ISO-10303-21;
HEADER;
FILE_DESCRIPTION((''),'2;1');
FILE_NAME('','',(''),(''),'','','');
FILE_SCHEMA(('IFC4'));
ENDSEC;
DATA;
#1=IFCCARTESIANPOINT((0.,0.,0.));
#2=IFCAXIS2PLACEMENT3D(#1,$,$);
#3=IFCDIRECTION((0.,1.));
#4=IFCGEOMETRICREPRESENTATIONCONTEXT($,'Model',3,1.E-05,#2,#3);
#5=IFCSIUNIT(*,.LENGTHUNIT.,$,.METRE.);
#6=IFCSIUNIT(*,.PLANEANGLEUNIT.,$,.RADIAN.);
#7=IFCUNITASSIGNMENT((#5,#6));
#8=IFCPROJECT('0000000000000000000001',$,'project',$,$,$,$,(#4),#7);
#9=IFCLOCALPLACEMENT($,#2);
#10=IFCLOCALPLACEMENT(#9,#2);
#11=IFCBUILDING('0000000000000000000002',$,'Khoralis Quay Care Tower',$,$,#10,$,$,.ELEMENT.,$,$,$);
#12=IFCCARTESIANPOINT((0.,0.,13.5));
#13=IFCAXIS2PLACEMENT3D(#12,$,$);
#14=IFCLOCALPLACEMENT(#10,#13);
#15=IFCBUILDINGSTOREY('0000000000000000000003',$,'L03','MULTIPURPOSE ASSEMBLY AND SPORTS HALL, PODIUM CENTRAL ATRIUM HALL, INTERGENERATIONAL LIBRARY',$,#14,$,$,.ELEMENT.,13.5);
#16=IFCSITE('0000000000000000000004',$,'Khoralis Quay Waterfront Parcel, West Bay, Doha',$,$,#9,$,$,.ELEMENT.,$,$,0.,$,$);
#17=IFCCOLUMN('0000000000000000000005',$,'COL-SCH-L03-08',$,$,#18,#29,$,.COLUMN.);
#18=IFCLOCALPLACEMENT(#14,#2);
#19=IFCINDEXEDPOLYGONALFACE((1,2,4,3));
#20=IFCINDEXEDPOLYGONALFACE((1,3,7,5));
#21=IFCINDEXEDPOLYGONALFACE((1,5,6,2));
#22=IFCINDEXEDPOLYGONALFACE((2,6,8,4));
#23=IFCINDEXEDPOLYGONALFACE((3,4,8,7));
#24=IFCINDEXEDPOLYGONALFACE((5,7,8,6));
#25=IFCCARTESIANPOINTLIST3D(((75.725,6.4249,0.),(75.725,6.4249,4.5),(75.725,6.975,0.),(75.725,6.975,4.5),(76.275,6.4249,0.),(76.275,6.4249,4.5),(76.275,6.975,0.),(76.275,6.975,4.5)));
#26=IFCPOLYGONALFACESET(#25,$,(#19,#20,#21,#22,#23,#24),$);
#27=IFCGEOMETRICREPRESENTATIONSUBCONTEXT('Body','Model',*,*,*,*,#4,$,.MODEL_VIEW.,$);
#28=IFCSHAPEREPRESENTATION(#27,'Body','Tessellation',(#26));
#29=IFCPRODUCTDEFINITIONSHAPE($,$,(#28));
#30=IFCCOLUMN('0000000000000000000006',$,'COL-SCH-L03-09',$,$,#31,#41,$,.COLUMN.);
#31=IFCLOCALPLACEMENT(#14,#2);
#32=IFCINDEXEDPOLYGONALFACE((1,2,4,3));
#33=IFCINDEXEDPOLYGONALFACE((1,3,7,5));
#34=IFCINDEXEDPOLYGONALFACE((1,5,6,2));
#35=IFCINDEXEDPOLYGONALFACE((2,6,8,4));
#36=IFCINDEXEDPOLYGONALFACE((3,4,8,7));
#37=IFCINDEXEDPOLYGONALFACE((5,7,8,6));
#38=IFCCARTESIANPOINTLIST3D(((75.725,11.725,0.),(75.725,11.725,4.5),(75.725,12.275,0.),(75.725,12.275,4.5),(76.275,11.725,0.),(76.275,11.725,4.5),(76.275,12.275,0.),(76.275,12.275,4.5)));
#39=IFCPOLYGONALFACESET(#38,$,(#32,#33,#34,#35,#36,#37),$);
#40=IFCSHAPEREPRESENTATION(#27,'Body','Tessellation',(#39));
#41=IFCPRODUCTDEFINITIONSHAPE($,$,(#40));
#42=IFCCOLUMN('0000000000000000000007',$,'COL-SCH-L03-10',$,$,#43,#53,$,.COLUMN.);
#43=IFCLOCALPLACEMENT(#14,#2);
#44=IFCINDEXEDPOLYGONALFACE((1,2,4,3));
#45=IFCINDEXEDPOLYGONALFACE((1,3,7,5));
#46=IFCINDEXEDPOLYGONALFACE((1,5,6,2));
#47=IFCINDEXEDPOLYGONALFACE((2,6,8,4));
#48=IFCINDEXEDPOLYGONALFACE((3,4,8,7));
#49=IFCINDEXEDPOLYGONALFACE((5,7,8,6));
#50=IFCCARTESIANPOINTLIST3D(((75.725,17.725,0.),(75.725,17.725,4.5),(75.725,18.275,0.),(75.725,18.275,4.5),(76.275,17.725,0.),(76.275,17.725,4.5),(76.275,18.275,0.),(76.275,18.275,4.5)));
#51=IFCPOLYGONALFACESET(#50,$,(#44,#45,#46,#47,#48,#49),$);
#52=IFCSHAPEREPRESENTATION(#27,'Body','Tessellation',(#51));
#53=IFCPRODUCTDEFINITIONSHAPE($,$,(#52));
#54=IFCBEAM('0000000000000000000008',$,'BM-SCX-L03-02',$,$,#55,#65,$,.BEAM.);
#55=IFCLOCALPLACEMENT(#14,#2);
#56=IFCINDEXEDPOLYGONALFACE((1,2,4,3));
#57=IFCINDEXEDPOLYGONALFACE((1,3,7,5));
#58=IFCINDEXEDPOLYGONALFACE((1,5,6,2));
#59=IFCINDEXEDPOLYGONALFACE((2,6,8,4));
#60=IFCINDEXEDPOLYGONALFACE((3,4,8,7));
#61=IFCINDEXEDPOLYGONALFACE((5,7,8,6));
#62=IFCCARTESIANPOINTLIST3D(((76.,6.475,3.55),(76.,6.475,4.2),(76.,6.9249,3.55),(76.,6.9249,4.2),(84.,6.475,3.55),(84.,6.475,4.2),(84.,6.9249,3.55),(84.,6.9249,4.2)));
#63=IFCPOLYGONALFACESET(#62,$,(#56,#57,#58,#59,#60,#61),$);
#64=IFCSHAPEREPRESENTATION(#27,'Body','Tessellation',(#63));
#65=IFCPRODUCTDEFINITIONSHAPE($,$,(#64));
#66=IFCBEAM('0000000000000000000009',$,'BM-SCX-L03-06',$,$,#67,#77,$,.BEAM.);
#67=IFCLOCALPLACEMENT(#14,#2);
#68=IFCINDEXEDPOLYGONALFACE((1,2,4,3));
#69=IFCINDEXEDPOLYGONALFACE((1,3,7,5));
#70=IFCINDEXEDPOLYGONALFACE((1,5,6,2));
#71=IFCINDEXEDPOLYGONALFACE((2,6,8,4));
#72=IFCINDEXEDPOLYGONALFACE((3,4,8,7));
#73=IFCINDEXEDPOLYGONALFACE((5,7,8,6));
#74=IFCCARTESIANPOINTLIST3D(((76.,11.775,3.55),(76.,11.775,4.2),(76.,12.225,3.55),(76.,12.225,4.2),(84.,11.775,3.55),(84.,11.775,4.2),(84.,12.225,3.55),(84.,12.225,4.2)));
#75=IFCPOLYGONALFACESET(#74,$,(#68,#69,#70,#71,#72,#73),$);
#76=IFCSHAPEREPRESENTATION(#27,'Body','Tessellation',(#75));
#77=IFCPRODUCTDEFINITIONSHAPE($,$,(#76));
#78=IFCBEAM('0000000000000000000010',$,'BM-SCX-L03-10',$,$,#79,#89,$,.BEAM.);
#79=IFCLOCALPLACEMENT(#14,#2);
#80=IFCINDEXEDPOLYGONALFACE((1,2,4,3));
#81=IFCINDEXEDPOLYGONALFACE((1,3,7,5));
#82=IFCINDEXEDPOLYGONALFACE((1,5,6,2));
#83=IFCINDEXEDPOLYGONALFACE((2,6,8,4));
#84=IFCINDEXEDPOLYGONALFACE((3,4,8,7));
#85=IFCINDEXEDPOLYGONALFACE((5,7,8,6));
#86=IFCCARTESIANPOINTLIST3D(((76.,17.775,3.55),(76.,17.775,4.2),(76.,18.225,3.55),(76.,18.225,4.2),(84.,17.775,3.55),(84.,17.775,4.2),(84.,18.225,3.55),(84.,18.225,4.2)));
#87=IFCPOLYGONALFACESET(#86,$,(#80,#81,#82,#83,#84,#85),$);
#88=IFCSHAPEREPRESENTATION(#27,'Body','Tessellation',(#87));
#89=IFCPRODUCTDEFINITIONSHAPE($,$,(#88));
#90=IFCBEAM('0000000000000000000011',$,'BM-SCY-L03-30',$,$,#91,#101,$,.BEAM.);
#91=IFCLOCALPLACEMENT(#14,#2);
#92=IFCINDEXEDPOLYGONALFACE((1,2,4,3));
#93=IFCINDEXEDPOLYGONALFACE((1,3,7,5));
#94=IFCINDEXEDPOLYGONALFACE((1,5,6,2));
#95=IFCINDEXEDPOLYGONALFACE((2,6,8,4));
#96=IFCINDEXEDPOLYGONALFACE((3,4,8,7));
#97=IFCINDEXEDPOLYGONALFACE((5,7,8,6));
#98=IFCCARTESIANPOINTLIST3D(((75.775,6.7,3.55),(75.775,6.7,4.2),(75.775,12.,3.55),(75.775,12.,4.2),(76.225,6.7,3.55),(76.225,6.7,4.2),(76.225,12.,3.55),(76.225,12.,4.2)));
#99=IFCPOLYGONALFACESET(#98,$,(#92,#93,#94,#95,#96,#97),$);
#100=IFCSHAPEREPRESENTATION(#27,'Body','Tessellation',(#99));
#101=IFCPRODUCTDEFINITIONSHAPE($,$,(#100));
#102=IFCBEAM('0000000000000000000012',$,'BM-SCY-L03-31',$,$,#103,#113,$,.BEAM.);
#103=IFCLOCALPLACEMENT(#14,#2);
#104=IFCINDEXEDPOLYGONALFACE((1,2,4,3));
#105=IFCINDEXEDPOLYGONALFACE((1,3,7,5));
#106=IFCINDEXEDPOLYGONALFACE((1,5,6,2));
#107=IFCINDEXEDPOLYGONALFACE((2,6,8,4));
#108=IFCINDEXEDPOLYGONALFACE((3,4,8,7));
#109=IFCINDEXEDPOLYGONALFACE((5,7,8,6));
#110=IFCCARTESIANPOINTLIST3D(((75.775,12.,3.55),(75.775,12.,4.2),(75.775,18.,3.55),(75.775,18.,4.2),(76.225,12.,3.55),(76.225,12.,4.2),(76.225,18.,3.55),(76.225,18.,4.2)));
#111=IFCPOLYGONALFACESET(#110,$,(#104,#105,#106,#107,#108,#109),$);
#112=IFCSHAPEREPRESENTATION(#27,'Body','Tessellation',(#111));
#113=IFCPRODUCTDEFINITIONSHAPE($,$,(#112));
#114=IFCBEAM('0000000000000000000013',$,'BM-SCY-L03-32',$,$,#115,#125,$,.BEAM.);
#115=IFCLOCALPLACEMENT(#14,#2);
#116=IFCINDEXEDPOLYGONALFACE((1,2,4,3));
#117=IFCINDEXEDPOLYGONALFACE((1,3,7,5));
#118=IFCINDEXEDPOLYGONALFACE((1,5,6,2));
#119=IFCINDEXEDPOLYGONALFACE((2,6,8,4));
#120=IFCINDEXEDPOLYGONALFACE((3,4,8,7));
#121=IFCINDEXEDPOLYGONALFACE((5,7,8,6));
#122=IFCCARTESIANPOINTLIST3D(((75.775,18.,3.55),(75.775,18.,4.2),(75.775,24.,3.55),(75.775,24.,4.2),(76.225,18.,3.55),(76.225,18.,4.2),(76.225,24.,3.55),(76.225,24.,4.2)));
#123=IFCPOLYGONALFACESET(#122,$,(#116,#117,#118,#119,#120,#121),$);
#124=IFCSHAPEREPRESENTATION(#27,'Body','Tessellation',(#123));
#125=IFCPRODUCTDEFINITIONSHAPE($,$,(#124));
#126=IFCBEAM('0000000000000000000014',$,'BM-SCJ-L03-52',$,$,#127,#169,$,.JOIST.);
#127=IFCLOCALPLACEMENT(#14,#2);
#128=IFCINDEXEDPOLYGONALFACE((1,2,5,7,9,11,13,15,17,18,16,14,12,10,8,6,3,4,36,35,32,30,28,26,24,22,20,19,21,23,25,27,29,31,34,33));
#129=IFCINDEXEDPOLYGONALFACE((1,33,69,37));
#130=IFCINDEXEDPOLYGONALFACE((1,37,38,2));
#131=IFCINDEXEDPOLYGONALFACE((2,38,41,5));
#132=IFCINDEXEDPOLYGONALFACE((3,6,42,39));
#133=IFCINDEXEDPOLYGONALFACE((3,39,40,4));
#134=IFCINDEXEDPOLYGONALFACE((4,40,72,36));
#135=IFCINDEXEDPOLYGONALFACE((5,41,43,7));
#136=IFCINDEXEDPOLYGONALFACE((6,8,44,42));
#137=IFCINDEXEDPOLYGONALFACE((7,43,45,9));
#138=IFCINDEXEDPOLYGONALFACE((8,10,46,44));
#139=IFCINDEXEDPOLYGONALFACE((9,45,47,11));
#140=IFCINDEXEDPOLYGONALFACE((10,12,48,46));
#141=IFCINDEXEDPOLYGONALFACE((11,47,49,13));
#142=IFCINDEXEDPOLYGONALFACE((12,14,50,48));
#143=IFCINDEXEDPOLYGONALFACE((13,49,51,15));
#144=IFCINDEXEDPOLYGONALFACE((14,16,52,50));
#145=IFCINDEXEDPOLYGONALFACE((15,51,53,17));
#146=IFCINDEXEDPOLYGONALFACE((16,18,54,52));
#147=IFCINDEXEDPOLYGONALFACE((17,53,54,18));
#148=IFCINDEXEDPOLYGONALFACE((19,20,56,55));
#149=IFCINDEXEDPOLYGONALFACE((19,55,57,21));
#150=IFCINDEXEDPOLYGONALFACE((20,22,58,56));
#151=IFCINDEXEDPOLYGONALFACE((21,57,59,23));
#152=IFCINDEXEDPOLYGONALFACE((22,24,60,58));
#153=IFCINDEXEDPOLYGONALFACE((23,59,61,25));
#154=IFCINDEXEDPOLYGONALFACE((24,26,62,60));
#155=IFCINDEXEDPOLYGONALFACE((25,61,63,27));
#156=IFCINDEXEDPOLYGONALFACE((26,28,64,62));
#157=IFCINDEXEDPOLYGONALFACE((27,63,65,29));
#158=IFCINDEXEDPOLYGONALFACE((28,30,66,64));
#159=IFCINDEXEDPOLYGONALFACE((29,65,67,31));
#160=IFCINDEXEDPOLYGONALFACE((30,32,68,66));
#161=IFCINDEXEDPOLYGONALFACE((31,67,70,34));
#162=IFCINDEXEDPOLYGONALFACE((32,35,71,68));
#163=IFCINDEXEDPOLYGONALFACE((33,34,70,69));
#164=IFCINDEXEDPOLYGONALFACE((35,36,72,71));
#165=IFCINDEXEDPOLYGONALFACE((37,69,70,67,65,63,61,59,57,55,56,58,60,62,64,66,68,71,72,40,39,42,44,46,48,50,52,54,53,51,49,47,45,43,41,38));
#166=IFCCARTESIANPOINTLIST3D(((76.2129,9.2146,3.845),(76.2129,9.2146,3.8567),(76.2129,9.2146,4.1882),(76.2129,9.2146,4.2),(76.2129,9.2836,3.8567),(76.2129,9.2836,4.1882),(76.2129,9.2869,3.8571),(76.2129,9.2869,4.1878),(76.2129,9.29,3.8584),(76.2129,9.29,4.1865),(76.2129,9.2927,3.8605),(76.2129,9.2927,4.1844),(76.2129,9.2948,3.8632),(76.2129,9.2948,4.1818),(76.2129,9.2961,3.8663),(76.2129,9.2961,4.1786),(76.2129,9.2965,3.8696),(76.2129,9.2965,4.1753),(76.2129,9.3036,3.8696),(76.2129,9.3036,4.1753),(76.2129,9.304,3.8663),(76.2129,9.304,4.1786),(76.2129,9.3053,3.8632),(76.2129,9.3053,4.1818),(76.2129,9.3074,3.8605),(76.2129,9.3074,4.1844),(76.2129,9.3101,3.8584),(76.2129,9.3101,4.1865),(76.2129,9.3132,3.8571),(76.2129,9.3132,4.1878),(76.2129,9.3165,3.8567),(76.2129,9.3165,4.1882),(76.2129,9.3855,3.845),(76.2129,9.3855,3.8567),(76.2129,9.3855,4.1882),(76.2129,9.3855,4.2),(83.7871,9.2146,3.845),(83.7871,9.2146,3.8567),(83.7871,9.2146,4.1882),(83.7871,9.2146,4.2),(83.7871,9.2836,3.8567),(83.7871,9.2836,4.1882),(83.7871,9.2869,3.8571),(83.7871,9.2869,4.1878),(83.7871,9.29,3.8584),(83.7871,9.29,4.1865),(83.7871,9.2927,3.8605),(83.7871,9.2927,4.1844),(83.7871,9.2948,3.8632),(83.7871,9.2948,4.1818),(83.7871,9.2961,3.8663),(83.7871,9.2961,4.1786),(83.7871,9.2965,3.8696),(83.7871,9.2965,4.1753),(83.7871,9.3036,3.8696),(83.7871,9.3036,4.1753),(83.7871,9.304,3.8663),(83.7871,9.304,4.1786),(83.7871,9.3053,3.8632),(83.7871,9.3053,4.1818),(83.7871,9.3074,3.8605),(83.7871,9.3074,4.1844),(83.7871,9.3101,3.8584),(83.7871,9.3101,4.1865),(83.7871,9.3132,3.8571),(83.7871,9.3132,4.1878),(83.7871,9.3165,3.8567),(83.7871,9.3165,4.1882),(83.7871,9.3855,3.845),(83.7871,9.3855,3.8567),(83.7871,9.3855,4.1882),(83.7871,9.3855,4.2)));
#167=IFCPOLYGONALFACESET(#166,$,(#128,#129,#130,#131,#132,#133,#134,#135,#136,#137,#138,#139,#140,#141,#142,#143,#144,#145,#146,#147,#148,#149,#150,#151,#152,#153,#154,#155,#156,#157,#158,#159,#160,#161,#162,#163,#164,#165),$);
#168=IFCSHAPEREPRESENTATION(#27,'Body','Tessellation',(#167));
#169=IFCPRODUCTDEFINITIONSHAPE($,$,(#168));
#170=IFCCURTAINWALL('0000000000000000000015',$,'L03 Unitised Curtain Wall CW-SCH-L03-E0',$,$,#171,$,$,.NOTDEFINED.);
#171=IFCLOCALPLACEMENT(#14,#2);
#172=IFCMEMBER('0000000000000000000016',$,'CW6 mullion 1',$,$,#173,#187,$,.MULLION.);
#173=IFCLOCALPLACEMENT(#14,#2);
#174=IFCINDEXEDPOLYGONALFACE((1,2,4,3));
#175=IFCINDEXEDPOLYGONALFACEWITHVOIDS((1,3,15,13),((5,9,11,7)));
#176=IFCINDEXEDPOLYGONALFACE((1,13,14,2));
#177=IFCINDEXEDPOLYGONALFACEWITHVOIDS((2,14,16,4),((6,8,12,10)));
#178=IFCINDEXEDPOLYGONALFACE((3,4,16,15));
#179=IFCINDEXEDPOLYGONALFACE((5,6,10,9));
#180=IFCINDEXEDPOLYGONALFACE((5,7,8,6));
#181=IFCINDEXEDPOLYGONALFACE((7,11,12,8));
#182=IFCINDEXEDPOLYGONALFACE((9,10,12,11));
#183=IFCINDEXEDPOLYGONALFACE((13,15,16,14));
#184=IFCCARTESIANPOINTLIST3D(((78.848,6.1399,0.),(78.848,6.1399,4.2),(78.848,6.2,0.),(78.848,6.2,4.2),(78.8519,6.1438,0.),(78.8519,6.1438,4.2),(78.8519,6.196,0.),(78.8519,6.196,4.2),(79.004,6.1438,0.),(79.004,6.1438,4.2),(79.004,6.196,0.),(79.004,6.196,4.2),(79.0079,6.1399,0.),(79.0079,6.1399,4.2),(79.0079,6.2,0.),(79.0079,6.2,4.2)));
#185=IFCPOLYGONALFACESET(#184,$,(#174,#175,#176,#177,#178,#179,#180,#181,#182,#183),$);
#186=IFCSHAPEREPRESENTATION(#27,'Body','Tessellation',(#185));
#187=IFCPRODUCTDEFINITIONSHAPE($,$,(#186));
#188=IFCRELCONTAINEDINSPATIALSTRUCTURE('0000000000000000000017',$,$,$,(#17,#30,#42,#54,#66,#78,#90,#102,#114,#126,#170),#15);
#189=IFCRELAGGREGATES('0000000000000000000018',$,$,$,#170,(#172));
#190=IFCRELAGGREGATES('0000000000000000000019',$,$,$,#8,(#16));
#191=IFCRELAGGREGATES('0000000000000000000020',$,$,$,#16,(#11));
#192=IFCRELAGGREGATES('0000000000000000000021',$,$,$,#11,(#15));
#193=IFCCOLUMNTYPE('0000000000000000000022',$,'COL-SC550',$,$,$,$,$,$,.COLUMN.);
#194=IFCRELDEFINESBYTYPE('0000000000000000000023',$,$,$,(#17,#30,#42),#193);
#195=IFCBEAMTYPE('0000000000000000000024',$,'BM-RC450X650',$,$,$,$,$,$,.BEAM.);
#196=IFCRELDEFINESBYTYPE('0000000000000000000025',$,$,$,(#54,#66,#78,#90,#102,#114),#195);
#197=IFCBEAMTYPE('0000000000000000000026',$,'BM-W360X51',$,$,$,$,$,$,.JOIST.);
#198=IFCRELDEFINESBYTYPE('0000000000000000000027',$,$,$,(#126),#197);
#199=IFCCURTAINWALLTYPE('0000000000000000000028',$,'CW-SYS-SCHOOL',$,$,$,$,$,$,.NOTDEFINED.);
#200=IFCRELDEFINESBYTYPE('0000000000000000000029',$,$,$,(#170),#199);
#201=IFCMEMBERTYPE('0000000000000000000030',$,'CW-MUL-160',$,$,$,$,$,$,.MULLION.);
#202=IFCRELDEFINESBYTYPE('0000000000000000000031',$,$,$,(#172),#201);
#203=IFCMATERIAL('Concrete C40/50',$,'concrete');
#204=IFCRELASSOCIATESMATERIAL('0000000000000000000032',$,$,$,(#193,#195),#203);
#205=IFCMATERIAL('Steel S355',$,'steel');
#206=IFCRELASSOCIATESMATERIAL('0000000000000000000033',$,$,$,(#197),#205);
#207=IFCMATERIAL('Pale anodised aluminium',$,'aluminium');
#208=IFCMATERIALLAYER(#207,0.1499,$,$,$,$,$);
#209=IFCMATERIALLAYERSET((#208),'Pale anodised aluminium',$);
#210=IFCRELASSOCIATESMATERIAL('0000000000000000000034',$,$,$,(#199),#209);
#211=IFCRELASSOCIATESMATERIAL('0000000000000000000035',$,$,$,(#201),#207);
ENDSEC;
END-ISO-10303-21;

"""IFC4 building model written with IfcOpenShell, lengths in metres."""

from ifc_helpers import new_model, si_unit, direction, frame, origin, origin_2d, place, context, subcontext, project, spatial, rectangle, hollow_rectangle, i_section, extrude, source, transform, mapped, material, layer, layer_set, material_profile, profile_set, type_object, element, aggregate, save


model = new_model("IFC4")

# Units and contexts
model_context = context("Model", 3, precision=1e-05, world=origin(), true_north=direction((0.0, 1.0)))
body_context = subcontext(model_context, "Body", "Model", "MODEL_VIEW")
ifc_project = project(units=[si_unit("LENGTHUNIT", "METRE"), si_unit("PLANEANGLEUNIT", "RADIAN")], contexts=[model_context])

# Site, building, storey
site_placement = place(None, origin())
site = spatial("IfcSite", under=ifc_project, at=site_placement, Name="Khoralis Quay Waterfront Parcel, West Bay, Doha", CompositionType="ELEMENT", RefElevation=0.0)
building_placement = place(site_placement, origin())
building = spatial("IfcBuilding", under=site, at=building_placement, Name="Khoralis Quay Care Tower", CompositionType="ELEMENT")
storey_placement = place(building_placement, frame((0.0, 0.0, 13.5)))
storey = spatial("IfcBuildingStorey", under=building, at=storey_placement, Name="L03", Description="MULTIPURPOSE ASSEMBLY AND SPORTS HALL, PODIUM CENTRAL ATRIUM HALL, INTERGENERATIONAL LIBRARY", CompositionType="ELEMENT", Elevation=13.5)

# Columns
ifc_material_1 = material(Name="Concrete C40/50", Category="concrete")
ifc_material_profile_1 = material_profile(ifc_material_1, rectangle(XDim=0.55, YDim=0.55, at=origin_2d()), Name="Concrete C40/50")
ifc_profile_set_1 = profile_set([ifc_material_profile_1], Name="Concrete C40/50")
column_type = type_object("IfcColumnType", Name="COL-SC550", PredefinedType="COLUMN", material=ifc_profile_set_1)
shared_shape_1 = source(origin(), body_context, "Body", "SweptSolid", [
    extrude(rectangle(XDim=0.55, YDim=0.55, at=origin_2d()), origin(), (0.0, 0.0, 1.0), 4.5),
])
for number, where, z_axis, x_axis, name in (
    (1, (76.0, 6.7, 0.0), (0.0, 0.0, 1.0), (1.0, 0.0, 0.0), "COL-SCH-L03-08"),
    (2, (76.0, 12.0, 0.0), (0.0, 0.0, 1.0), (1.0, 0.0, 0.0), "COL-SCH-L03-09"),
    (3, (76.0, 18.0, 0.0), (0.0, 0.0, 1.0), (1.0, 0.0, 0.0), "COL-SCH-L03-10"),
):
    element("IfcColumn", number, at=place(storey_placement, frame(where, z_axis=z_axis, x_axis=x_axis)), inside=storey, type_object=column_type, Name=name, PredefinedType="COLUMN", context=body_context, shape_type="MappedRepresentation", body=[
        mapped(shared_shape_1, transform((0.0, 0.0, 0.0), scale=1.0)),
    ])

# Beams
ifc_material_profile_2 = material_profile(ifc_material_1, rectangle(XDim=0.45, YDim=0.6499, at=origin_2d()), Name="Concrete C40/50")
ifc_profile_set_2 = profile_set([ifc_material_profile_2], Name="Concrete C40/50")
beam_type_1 = type_object("IfcBeamType", Name="BM-RC450X650", PredefinedType="BEAM", material=ifc_profile_set_2)
shared_shape_2 = source(origin(), body_context, "Body", "SweptSolid", [
    extrude(rectangle(XDim=0.45, YDim=0.6499, at=origin_2d()), origin(), (0.0, 0.0, 1.0), 8.0),
])
for number, where, z_axis, x_axis, name in (
    (4, (76.0, 6.7, 3.875), (1.0, 0.0, 0.0), (0.0, 1.0, 0.0), "BM-SCX-L03-02"),
    (5, (76.0, 12.0, 3.875), (1.0, 0.0, 0.0), (0.0, 1.0, 0.0), "BM-SCX-L03-06"),
    (6, (76.0, 18.0, 3.875), (1.0, 0.0, 0.0), (0.0, 1.0, 0.0), "BM-SCX-L03-10"),
):
    element("IfcBeam", number, at=place(storey_placement, frame(where, z_axis=z_axis, x_axis=x_axis)), inside=storey, type_object=beam_type_1, Name=name, PredefinedType="BEAM", context=body_context, shape_type="MappedRepresentation", body=[
        mapped(shared_shape_2, transform((0.0, 0.0, 0.0), scale=1.0)),
    ])
shared_shape_3 = source(origin(), body_context, "Body", "SweptSolid", [
    extrude(rectangle(XDim=0.45, YDim=0.6499, at=origin_2d()), origin(), (0.0, 0.0, 1.0), 5.3),
])
beam_1_placement = place(storey_placement, frame((76.0, 6.7, 3.875), z_axis=(0.0, 1.0, 0.0), x_axis=(-1.0, 0.0, 0.0)))
element("IfcBeam", 7, at=beam_1_placement, inside=storey, type_object=beam_type_1, Name="BM-SCY-L03-30", PredefinedType="BEAM", context=body_context, shape_type="MappedRepresentation", body=[
    mapped(shared_shape_3, transform((0.0, 0.0, 0.0), scale=1.0)),
])
shared_shape_4 = source(origin(), body_context, "Body", "SweptSolid", [
    extrude(rectangle(XDim=0.45, YDim=0.6499, at=origin_2d()), origin(), (0.0, 0.0, 1.0), 6.0),
])
for number, where, z_axis, x_axis, name in (
    (8, (76.0, 12.0, 3.875), (0.0, 1.0, 0.0), (-1.0, 0.0, 0.0), "BM-SCY-L03-31"),
    (9, (76.0, 18.0, 3.875), (0.0, 1.0, 0.0), (-1.0, 0.0, 0.0), "BM-SCY-L03-32"),
):
    element("IfcBeam", number, at=place(storey_placement, frame(where, z_axis=z_axis, x_axis=x_axis)), inside=storey, type_object=beam_type_1, Name=name, PredefinedType="BEAM", context=body_context, shape_type="MappedRepresentation", body=[
        mapped(shared_shape_4, transform((0.0, 0.0, 0.0), scale=1.0)),
    ])
ifc_material_2 = material(Name="Steel S355", Category="steel")
ifc_material_profile_3 = material_profile(ifc_material_2, i_section(OverallWidth=0.1709, OverallDepth=0.355, WebThickness=0.0071, FlangeThickness=0.0117, FilletRadius=0.0129, at=origin_2d()), Name="Steel S355")
ifc_profile_set_3 = profile_set([ifc_material_profile_3], Name="Steel S355")
beam_type_2 = type_object("IfcBeamType", Name="BM-W360X51", PredefinedType="JOIST", material=ifc_profile_set_3)
shared_shape_5 = source(origin(), body_context, "Body", "SweptSolid", [
    extrude(i_section(OverallWidth=0.1709, OverallDepth=0.355, WebThickness=0.0071, FlangeThickness=0.0117, FilletRadius=0.0129, at=origin_2d()), origin(), (0.0, 0.0, 1.0), 7.5742),
])
beam_2_placement = place(storey_placement, frame((76.2129, 9.3, 4.0225), z_axis=(1.0, 0.0, 0.0), x_axis=(0.0, 1.0, 0.0)))
element("IfcBeam", 10, at=beam_2_placement, inside=storey, type_object=beam_type_2, Name="BM-SCJ-L03-52", PredefinedType="JOIST", context=body_context, shape_type="MappedRepresentation", body=[
    mapped(shared_shape_5, transform((0.0, 0.0, 0.0), scale=1.0)),
])

# Curtain wall, member
ifc_material_3 = material(Name="Pale anodised aluminium", Category="aluminium")
ifc_layer_1 = layer(ifc_material_3, 0.1499)
ifc_layer_set_1 = layer_set([ifc_layer_1], Name="Pale anodised aluminium")
curtain_wall_type = type_object("IfcCurtainWallType", Name="CW-SYS-SCHOOL", PredefinedType="NOTDEFINED", material=ifc_layer_set_1)
curtain_wall_placement = place(storey_placement, origin())
curtain_wall = element("IfcCurtainWall", 11, at=curtain_wall_placement, inside=storey, type_object=curtain_wall_type, Name="L03 Unitised Curtain Wall CW-SCH-L03-E0", PredefinedType="NOTDEFINED")
ifc_material_profile_4 = material_profile(ifc_material_3, hollow_rectangle(XDim=0.0601, YDim=0.1599, WallThickness=0.0039, at=origin_2d()), Name="Pale anodised aluminium")
ifc_profile_set_4 = profile_set([ifc_material_profile_4], Name="Pale anodised aluminium")
member_type_1 = type_object("IfcMemberType", Name="CW-MUL-160", PredefinedType="MULLION", material=ifc_profile_set_4)
shared_shape_6 = source(origin(), body_context, "Body", "SweptSolid", [
    extrude(hollow_rectangle(XDim=0.0601, YDim=0.1599, WallThickness=0.0039, at=origin_2d()), origin(), (0.0, 0.0, 1.0), 4.2),
])
member_1_placement = place(storey_placement, frame((78.928, 6.1699, 0.0), z_axis=(0.0, 0.0, 1.0), x_axis=(0.0, 1.0, 0.0)))
member_1 = element("IfcMember", 12, at=member_1_placement, type_object=member_type_1, Name="CW6 mullion 1", PredefinedType="MULLION", context=body_context, shape_type="MappedRepresentation", body=[
    mapped(shared_shape_6, transform((0.0, 0.0, 0.0), scale=1.0)),
])
aggregate(curtain_wall, [member_1])

save(model, "model.ifc")
